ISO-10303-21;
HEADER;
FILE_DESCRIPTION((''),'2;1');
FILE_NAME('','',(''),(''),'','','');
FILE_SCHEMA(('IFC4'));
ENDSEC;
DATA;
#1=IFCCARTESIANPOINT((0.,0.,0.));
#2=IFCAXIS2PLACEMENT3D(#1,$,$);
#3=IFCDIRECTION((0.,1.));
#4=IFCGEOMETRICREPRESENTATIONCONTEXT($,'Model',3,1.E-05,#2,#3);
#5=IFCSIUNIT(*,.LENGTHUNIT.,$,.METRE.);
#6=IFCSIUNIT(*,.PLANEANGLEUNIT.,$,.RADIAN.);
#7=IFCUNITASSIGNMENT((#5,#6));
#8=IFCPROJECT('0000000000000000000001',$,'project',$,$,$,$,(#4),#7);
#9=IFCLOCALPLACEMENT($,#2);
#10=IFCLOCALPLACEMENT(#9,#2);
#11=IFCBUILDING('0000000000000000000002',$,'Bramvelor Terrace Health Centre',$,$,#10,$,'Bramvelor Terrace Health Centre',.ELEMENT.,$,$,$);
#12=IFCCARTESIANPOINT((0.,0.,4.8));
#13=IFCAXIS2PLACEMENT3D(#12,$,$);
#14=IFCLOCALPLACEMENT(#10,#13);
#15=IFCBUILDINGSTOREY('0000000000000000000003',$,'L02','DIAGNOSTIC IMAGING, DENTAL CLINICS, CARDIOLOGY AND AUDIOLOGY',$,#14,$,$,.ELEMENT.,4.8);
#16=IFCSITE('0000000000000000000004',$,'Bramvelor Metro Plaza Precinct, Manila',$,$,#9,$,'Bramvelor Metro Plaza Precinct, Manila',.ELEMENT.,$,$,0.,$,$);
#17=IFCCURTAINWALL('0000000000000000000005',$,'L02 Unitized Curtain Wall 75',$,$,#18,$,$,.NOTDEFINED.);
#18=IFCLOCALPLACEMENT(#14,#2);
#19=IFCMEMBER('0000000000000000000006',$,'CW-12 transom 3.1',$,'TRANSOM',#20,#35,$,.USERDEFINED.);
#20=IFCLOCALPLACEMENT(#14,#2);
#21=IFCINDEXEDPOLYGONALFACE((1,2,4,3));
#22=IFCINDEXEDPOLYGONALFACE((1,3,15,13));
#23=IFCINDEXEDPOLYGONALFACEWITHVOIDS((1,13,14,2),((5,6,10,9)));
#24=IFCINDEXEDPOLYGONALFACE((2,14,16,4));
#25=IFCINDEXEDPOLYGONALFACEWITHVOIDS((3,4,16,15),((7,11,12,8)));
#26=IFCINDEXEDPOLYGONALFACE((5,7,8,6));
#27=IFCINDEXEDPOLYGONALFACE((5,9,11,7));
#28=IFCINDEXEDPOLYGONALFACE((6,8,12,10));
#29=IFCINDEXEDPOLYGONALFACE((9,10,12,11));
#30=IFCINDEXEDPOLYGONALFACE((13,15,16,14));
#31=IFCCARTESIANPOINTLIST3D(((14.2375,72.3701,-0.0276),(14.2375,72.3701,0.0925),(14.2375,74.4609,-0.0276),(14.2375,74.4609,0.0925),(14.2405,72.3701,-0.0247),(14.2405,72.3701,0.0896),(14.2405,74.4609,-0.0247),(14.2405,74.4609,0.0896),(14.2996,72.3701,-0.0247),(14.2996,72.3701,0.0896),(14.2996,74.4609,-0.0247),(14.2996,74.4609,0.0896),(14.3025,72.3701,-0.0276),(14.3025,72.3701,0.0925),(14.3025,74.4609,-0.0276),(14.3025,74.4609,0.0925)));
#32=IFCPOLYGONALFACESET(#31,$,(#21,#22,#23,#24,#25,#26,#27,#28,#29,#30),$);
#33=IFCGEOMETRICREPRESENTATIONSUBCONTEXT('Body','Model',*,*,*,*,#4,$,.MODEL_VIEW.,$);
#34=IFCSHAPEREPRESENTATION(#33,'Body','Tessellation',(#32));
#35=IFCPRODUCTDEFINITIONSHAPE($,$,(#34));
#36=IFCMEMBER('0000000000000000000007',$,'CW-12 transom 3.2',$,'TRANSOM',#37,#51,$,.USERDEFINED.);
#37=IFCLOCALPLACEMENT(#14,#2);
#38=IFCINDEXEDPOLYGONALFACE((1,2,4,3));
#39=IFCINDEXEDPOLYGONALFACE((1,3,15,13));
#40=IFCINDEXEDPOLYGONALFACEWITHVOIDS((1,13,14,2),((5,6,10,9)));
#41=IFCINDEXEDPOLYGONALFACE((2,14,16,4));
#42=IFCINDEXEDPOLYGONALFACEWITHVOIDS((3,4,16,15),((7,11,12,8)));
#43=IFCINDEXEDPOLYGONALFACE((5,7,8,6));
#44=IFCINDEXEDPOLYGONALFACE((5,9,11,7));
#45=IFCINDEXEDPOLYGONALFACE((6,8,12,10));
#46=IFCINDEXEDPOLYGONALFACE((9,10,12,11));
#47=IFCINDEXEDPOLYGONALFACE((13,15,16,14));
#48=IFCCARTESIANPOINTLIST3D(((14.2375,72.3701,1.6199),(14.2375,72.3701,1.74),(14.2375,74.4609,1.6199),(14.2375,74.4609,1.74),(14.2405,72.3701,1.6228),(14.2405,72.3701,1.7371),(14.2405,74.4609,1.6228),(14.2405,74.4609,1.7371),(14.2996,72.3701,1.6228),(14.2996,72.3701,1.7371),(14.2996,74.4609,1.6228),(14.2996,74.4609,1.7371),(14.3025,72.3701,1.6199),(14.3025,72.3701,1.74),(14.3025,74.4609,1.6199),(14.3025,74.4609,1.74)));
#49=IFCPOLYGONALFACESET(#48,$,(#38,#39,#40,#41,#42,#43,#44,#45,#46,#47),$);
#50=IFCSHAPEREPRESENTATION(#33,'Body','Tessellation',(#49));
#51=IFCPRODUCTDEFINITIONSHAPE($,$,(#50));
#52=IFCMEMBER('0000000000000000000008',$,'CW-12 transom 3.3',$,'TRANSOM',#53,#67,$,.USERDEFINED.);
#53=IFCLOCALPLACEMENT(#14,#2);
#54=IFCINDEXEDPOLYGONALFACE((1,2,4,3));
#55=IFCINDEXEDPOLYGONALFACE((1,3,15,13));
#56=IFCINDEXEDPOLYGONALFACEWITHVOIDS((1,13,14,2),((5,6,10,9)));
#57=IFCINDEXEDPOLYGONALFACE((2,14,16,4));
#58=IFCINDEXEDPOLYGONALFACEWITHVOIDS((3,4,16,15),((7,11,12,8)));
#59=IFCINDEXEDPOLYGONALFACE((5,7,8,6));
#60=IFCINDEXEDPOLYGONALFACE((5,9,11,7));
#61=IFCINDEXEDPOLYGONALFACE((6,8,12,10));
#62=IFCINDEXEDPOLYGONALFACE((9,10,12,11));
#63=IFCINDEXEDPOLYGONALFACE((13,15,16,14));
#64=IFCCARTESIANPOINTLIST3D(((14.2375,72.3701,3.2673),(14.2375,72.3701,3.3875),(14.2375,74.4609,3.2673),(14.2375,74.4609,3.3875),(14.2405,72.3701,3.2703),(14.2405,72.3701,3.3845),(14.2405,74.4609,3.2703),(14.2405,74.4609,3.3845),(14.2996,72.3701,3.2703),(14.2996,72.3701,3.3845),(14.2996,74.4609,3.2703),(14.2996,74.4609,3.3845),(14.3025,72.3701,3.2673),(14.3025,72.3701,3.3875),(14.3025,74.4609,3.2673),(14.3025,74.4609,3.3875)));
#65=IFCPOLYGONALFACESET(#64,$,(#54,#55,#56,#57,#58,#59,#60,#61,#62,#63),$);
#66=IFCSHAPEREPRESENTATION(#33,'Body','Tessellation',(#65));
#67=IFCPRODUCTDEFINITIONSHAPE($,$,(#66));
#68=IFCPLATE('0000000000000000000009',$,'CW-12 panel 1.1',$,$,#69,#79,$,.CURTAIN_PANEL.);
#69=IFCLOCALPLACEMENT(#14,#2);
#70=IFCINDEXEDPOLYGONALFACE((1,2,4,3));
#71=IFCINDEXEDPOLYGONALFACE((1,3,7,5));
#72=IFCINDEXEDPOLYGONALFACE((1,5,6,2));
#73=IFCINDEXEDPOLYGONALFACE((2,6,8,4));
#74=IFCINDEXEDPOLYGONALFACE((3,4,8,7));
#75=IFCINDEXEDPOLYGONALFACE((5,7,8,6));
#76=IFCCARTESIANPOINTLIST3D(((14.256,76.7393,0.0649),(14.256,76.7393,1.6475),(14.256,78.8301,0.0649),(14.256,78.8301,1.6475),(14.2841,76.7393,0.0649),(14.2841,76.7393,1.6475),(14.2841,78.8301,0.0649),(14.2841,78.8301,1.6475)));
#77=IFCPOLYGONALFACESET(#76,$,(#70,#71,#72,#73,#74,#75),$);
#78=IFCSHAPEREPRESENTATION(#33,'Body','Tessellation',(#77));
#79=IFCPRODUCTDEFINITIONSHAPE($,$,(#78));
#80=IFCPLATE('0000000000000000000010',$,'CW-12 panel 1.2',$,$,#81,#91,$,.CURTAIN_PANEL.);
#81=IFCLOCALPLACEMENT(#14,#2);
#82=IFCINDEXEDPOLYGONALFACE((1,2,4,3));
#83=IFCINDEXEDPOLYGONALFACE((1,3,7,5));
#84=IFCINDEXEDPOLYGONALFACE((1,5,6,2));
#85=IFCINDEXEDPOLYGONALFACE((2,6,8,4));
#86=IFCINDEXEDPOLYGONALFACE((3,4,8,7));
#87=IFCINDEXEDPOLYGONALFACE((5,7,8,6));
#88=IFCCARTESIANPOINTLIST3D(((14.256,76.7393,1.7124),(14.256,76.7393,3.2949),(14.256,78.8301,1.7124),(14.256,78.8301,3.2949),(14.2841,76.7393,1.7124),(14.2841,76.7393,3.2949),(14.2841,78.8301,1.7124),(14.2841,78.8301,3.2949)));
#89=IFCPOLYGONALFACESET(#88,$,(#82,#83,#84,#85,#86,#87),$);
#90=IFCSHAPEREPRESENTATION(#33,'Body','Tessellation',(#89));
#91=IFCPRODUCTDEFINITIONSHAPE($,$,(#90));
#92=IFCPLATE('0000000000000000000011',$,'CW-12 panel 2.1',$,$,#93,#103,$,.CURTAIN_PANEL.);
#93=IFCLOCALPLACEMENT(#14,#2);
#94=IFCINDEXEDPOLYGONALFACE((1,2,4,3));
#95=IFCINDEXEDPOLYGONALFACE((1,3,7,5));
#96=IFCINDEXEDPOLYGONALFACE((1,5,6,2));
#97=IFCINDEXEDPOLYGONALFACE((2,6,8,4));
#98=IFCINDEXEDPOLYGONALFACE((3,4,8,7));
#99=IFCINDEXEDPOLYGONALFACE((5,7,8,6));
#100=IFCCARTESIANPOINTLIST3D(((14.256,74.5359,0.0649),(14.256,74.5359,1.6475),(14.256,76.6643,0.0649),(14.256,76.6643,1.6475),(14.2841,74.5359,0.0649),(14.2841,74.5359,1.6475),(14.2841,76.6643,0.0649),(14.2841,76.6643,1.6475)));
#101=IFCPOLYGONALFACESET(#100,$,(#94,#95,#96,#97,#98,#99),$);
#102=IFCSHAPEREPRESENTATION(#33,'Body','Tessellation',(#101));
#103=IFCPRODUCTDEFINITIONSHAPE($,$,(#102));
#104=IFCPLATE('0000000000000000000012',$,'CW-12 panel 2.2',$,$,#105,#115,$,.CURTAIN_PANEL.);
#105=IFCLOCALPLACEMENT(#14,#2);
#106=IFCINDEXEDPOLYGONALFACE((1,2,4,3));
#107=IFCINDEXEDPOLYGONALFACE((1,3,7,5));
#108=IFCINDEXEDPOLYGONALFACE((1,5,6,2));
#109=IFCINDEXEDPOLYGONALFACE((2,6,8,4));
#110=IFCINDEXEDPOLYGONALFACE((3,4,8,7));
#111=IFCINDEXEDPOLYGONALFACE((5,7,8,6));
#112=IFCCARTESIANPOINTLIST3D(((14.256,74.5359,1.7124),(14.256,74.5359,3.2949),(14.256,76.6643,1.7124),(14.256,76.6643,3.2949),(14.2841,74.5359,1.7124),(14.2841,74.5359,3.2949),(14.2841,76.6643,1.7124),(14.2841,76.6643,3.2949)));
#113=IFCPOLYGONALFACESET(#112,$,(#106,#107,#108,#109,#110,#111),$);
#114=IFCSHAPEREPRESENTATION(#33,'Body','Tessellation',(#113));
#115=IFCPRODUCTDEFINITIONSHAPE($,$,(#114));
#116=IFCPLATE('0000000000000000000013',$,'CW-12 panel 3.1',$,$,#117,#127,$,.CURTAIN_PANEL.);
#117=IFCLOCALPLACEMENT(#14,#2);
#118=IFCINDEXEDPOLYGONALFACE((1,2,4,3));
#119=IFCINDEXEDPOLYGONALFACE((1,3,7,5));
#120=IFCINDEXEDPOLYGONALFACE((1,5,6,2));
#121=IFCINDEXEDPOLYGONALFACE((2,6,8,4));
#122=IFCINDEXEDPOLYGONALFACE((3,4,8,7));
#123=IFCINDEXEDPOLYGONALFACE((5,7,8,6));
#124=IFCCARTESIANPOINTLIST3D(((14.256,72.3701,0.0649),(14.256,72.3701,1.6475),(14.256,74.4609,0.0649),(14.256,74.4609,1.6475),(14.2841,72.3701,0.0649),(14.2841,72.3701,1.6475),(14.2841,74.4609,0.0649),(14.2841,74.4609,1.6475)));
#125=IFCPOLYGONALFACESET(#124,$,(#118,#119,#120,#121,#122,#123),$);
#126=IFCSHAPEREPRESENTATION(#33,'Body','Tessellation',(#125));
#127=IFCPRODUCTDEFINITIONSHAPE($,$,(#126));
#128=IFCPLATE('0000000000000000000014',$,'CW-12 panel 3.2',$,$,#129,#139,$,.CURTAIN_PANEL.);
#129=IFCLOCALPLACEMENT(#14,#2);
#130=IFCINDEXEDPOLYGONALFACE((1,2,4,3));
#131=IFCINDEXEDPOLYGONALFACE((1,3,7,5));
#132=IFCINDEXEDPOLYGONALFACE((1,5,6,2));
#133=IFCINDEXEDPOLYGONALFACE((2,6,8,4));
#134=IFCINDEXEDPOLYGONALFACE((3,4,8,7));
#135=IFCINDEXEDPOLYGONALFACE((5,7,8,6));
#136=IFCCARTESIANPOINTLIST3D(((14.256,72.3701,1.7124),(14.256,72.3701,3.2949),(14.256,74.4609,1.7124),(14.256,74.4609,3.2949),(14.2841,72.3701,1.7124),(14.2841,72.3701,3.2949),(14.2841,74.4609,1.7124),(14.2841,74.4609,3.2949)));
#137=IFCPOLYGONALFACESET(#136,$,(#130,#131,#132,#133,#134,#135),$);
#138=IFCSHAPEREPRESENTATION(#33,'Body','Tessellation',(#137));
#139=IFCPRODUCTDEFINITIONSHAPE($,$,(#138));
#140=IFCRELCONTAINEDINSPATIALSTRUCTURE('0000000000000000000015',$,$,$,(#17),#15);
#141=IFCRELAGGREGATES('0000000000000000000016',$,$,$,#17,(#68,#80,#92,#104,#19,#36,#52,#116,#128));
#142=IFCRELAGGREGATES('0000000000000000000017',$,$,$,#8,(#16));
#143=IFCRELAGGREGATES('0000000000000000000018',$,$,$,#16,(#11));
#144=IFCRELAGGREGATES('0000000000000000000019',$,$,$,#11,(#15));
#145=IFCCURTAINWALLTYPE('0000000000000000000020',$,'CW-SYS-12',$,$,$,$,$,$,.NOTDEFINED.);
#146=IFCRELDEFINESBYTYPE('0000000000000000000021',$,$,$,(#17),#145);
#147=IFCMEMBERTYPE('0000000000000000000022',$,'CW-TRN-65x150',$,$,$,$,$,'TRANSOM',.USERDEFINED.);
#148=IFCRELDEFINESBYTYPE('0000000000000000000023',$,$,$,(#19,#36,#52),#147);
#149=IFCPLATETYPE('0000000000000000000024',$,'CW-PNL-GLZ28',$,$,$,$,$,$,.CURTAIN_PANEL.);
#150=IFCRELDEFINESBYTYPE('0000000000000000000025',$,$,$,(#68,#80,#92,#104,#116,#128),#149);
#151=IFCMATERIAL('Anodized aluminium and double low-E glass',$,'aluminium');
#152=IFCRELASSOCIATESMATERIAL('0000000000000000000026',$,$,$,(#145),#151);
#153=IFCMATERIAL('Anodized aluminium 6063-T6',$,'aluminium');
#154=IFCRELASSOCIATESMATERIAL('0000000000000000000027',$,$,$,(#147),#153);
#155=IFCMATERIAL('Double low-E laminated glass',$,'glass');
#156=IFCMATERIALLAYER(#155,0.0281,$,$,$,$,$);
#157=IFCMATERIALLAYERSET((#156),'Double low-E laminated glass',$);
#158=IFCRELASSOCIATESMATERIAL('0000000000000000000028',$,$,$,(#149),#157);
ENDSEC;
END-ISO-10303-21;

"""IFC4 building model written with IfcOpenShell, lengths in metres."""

from ifc_helpers import new_model, si_unit, direction, frame, origin, origin_2d, place, context, subcontext, project, spatial, rectangle, hollow_rectangle, extrude, material, layer, layer_set, material_profile, profile_set, type_object, element, aggregate, save


model = new_model("IFC4")

# Units and contexts
model_context = context("Model", 3, precision=1e-05, world=origin(), true_north=direction((0.0, 1.0)))
body_context = subcontext(model_context, "Body", "Model", "MODEL_VIEW")
ifc_project = project(units=[si_unit("LENGTHUNIT", "METRE"), si_unit("PLANEANGLEUNIT", "RADIAN")], contexts=[model_context])

# Site, building, storey
site_placement = place(None, origin())
site = spatial("IfcSite", under=ifc_project, at=site_placement, Name="Bramvelor Metro Plaza Precinct, Manila", LongName="Bramvelor Metro Plaza Precinct, Manila", CompositionType="ELEMENT", RefElevation=0.0)
building_placement = place(site_placement, origin())
building = spatial("IfcBuilding", under=site, at=building_placement, Name="Bramvelor Terrace Health Centre", LongName="Bramvelor Terrace Health Centre", CompositionType="ELEMENT")
storey_placement = place(building_placement, frame((0.0, 0.0, 4.8)))
storey = spatial("IfcBuildingStorey", under=building, at=storey_placement, Name="L02", Description="DIAGNOSTIC IMAGING, DENTAL CLINICS, CARDIOLOGY AND AUDIOLOGY", CompositionType="ELEMENT", Elevation=4.8)

# Curtain wall, members, plates
ifc_material_1 = material(Name="Anodized aluminium and double low-E glass", Category="aluminium")
curtain_wall_type = type_object("IfcCurtainWallType", Name="CW-SYS-12", PredefinedType="NOTDEFINED", material=ifc_material_1)
curtain_wall_placement = place(storey_placement, origin())
curtain_wall = element("IfcCurtainWall", 1, at=curtain_wall_placement, inside=storey, type_object=curtain_wall_type, Name="L02 Unitized Curtain Wall 75", PredefinedType="NOTDEFINED")
ifc_material_2 = material(Name="Anodized aluminium 6063-T6", Category="aluminium")
ifc_material_profile_1 = material_profile(ifc_material_2, hollow_rectangle(XDim=0.0649, YDim=0.1201, WallThickness=0.0029, at=origin_2d()), Name="ALU-TRN 65x120x3.0")
ifc_profile_set_1 = profile_set([ifc_material_profile_1], Name="Anodized aluminium 6063-T6")
member_type_1 = type_object("IfcMemberType", Name="CW-TRN-65x150", ElementType="TRANSOM", PredefinedType="USERDEFINED", material=ifc_profile_set_1)
member_1_placement = place(storey_placement, frame((14.27, 74.4609, 0.0325), z_axis=(0.0, -1.0, 0.0), x_axis=(1.0, 0.0, 0.0)))
member_1 = element("IfcMember", 2, at=member_1_placement, type_object=member_type_1, Name="CW-12 transom 3.1", ObjectType="TRANSOM", PredefinedType="USERDEFINED", context=body_context, shape_type="SweptSolid", body=[
    extrude(hollow_rectangle(XDim=0.0649, YDim=0.1201, WallThickness=0.0029, at=origin_2d()), origin(), (0.0, 0.0, 1.0), 2.0908),
])
member_2_placement = place(storey_placement, frame((14.27, 74.4609, 1.6799), z_axis=(0.0, -1.0, 0.0), x_axis=(1.0, 0.0, 0.0)))
member_2 = element("IfcMember", 3, at=member_2_placement, type_object=member_type_1, Name="CW-12 transom 3.2", ObjectType="TRANSOM", PredefinedType="USERDEFINED", context=body_context, shape_type="SweptSolid", body=[
    extrude(hollow_rectangle(XDim=0.0649, YDim=0.1201, WallThickness=0.0029, at=origin_2d()), origin(), (0.0, 0.0, 1.0), 2.0908),
])
member_3_placement = place(storey_placement, frame((14.27, 74.4609, 3.3274), z_axis=(0.0, -1.0, 0.0), x_axis=(1.0, 0.0, 0.0)))
member_3 = element("IfcMember", 4, at=member_3_placement, type_object=member_type_1, Name="CW-12 transom 3.3", ObjectType="TRANSOM", PredefinedType="USERDEFINED", context=body_context, shape_type="SweptSolid", body=[
    extrude(hollow_rectangle(XDim=0.0649, YDim=0.1201, WallThickness=0.0029, at=origin_2d()), origin(), (0.0, 0.0, 1.0), 2.0908),
])
ifc_material_3 = material(Name="Double low-E laminated glass", Category="glass")
ifc_layer = layer(ifc_material_3, 0.0281)
ifc_layer_set = layer_set([ifc_layer], Name="Double low-E laminated glass")
plate_type = type_object("IfcPlateType", Name="CW-PNL-GLZ28", PredefinedType="CURTAIN_PANEL", material=ifc_layer_set)
plate_1_placement = place(storey_placement, frame((14.27, 77.7847, 0.0649), z_axis=(0.0, 0.0, 1.0), x_axis=(0.0, -1.0, 0.0)))
plate_1 = element("IfcPlate", 5, at=plate_1_placement, type_object=plate_type, Name="CW-12 panel 1.1", PredefinedType="CURTAIN_PANEL", context=body_context, shape_type="SweptSolid", body=[
    extrude(rectangle(XDim=2.0908, YDim=0.0281, at=origin_2d()), origin(), (0.0, 0.0, 1.0), 1.5825),
])
plate_2_placement = place(storey_placement, frame((14.27, 77.7847, 1.7124), z_axis=(0.0, 0.0, 1.0), x_axis=(0.0, -1.0, 0.0)))
plate_2 = element("IfcPlate", 6, at=plate_2_placement, type_object=plate_type, Name="CW-12 panel 1.2", PredefinedType="CURTAIN_PANEL", context=body_context, shape_type="SweptSolid", body=[
    extrude(rectangle(XDim=2.0908, YDim=0.0281, at=origin_2d()), origin(), (0.0, 0.0, 1.0), 1.5825),
])
plate_3_placement = place(storey_placement, frame((14.27, 75.6001, 0.0649), z_axis=(0.0, 0.0, 1.0), x_axis=(0.0, -1.0, 0.0)))
plate_3 = element("IfcPlate", 7, at=plate_3_placement, type_object=plate_type, Name="CW-12 panel 2.1", PredefinedType="CURTAIN_PANEL", context=body_context, shape_type="SweptSolid", body=[
    extrude(rectangle(XDim=2.1284, YDim=0.0281, at=origin_2d()), origin(), (0.0, 0.0, 1.0), 1.5825),
])
plate_4_placement = place(storey_placement, frame((14.27, 75.6001, 1.7124), z_axis=(0.0, 0.0, 1.0), x_axis=(0.0, -1.0, 0.0)))
plate_4 = element("IfcPlate", 8, at=plate_4_placement, type_object=plate_type, Name="CW-12 panel 2.2", PredefinedType="CURTAIN_PANEL", context=body_context, shape_type="SweptSolid", body=[
    extrude(rectangle(XDim=2.1284, YDim=0.0281, at=origin_2d()), origin(), (0.0, 0.0, 1.0), 1.5825),
])
plate_5_placement = place(storey_placement, frame((14.27, 73.4155, 0.0649), z_axis=(0.0, 0.0, 1.0), x_axis=(0.0, -1.0, 0.0)))
plate_5 = element("IfcPlate", 9, at=plate_5_placement, type_object=plate_type, Name="CW-12 panel 3.1", PredefinedType="CURTAIN_PANEL", context=body_context, shape_type="SweptSolid", body=[
    extrude(rectangle(XDim=2.0908, YDim=0.0281, at=origin_2d()), origin(), (0.0, 0.0, 1.0), 1.5825),
])
plate_6_placement = place(storey_placement, frame((14.27, 73.4155, 1.7124), z_axis=(0.0, 0.0, 1.0), x_axis=(0.0, -1.0, 0.0)))
plate_6 = element("IfcPlate", 10, at=plate_6_placement, type_object=plate_type, Name="CW-12 panel 3.2", PredefinedType="CURTAIN_PANEL", context=body_context, shape_type="SweptSolid", body=[
    extrude(rectangle(XDim=2.0908, YDim=0.0281, at=origin_2d()), origin(), (0.0, 0.0, 1.0), 1.5825),
])
aggregate(curtain_wall, [plate_1, plate_2, plate_3, plate_4, member_1, member_2, member_3, plate_5, plate_6])

save(model, "model.ifc")
